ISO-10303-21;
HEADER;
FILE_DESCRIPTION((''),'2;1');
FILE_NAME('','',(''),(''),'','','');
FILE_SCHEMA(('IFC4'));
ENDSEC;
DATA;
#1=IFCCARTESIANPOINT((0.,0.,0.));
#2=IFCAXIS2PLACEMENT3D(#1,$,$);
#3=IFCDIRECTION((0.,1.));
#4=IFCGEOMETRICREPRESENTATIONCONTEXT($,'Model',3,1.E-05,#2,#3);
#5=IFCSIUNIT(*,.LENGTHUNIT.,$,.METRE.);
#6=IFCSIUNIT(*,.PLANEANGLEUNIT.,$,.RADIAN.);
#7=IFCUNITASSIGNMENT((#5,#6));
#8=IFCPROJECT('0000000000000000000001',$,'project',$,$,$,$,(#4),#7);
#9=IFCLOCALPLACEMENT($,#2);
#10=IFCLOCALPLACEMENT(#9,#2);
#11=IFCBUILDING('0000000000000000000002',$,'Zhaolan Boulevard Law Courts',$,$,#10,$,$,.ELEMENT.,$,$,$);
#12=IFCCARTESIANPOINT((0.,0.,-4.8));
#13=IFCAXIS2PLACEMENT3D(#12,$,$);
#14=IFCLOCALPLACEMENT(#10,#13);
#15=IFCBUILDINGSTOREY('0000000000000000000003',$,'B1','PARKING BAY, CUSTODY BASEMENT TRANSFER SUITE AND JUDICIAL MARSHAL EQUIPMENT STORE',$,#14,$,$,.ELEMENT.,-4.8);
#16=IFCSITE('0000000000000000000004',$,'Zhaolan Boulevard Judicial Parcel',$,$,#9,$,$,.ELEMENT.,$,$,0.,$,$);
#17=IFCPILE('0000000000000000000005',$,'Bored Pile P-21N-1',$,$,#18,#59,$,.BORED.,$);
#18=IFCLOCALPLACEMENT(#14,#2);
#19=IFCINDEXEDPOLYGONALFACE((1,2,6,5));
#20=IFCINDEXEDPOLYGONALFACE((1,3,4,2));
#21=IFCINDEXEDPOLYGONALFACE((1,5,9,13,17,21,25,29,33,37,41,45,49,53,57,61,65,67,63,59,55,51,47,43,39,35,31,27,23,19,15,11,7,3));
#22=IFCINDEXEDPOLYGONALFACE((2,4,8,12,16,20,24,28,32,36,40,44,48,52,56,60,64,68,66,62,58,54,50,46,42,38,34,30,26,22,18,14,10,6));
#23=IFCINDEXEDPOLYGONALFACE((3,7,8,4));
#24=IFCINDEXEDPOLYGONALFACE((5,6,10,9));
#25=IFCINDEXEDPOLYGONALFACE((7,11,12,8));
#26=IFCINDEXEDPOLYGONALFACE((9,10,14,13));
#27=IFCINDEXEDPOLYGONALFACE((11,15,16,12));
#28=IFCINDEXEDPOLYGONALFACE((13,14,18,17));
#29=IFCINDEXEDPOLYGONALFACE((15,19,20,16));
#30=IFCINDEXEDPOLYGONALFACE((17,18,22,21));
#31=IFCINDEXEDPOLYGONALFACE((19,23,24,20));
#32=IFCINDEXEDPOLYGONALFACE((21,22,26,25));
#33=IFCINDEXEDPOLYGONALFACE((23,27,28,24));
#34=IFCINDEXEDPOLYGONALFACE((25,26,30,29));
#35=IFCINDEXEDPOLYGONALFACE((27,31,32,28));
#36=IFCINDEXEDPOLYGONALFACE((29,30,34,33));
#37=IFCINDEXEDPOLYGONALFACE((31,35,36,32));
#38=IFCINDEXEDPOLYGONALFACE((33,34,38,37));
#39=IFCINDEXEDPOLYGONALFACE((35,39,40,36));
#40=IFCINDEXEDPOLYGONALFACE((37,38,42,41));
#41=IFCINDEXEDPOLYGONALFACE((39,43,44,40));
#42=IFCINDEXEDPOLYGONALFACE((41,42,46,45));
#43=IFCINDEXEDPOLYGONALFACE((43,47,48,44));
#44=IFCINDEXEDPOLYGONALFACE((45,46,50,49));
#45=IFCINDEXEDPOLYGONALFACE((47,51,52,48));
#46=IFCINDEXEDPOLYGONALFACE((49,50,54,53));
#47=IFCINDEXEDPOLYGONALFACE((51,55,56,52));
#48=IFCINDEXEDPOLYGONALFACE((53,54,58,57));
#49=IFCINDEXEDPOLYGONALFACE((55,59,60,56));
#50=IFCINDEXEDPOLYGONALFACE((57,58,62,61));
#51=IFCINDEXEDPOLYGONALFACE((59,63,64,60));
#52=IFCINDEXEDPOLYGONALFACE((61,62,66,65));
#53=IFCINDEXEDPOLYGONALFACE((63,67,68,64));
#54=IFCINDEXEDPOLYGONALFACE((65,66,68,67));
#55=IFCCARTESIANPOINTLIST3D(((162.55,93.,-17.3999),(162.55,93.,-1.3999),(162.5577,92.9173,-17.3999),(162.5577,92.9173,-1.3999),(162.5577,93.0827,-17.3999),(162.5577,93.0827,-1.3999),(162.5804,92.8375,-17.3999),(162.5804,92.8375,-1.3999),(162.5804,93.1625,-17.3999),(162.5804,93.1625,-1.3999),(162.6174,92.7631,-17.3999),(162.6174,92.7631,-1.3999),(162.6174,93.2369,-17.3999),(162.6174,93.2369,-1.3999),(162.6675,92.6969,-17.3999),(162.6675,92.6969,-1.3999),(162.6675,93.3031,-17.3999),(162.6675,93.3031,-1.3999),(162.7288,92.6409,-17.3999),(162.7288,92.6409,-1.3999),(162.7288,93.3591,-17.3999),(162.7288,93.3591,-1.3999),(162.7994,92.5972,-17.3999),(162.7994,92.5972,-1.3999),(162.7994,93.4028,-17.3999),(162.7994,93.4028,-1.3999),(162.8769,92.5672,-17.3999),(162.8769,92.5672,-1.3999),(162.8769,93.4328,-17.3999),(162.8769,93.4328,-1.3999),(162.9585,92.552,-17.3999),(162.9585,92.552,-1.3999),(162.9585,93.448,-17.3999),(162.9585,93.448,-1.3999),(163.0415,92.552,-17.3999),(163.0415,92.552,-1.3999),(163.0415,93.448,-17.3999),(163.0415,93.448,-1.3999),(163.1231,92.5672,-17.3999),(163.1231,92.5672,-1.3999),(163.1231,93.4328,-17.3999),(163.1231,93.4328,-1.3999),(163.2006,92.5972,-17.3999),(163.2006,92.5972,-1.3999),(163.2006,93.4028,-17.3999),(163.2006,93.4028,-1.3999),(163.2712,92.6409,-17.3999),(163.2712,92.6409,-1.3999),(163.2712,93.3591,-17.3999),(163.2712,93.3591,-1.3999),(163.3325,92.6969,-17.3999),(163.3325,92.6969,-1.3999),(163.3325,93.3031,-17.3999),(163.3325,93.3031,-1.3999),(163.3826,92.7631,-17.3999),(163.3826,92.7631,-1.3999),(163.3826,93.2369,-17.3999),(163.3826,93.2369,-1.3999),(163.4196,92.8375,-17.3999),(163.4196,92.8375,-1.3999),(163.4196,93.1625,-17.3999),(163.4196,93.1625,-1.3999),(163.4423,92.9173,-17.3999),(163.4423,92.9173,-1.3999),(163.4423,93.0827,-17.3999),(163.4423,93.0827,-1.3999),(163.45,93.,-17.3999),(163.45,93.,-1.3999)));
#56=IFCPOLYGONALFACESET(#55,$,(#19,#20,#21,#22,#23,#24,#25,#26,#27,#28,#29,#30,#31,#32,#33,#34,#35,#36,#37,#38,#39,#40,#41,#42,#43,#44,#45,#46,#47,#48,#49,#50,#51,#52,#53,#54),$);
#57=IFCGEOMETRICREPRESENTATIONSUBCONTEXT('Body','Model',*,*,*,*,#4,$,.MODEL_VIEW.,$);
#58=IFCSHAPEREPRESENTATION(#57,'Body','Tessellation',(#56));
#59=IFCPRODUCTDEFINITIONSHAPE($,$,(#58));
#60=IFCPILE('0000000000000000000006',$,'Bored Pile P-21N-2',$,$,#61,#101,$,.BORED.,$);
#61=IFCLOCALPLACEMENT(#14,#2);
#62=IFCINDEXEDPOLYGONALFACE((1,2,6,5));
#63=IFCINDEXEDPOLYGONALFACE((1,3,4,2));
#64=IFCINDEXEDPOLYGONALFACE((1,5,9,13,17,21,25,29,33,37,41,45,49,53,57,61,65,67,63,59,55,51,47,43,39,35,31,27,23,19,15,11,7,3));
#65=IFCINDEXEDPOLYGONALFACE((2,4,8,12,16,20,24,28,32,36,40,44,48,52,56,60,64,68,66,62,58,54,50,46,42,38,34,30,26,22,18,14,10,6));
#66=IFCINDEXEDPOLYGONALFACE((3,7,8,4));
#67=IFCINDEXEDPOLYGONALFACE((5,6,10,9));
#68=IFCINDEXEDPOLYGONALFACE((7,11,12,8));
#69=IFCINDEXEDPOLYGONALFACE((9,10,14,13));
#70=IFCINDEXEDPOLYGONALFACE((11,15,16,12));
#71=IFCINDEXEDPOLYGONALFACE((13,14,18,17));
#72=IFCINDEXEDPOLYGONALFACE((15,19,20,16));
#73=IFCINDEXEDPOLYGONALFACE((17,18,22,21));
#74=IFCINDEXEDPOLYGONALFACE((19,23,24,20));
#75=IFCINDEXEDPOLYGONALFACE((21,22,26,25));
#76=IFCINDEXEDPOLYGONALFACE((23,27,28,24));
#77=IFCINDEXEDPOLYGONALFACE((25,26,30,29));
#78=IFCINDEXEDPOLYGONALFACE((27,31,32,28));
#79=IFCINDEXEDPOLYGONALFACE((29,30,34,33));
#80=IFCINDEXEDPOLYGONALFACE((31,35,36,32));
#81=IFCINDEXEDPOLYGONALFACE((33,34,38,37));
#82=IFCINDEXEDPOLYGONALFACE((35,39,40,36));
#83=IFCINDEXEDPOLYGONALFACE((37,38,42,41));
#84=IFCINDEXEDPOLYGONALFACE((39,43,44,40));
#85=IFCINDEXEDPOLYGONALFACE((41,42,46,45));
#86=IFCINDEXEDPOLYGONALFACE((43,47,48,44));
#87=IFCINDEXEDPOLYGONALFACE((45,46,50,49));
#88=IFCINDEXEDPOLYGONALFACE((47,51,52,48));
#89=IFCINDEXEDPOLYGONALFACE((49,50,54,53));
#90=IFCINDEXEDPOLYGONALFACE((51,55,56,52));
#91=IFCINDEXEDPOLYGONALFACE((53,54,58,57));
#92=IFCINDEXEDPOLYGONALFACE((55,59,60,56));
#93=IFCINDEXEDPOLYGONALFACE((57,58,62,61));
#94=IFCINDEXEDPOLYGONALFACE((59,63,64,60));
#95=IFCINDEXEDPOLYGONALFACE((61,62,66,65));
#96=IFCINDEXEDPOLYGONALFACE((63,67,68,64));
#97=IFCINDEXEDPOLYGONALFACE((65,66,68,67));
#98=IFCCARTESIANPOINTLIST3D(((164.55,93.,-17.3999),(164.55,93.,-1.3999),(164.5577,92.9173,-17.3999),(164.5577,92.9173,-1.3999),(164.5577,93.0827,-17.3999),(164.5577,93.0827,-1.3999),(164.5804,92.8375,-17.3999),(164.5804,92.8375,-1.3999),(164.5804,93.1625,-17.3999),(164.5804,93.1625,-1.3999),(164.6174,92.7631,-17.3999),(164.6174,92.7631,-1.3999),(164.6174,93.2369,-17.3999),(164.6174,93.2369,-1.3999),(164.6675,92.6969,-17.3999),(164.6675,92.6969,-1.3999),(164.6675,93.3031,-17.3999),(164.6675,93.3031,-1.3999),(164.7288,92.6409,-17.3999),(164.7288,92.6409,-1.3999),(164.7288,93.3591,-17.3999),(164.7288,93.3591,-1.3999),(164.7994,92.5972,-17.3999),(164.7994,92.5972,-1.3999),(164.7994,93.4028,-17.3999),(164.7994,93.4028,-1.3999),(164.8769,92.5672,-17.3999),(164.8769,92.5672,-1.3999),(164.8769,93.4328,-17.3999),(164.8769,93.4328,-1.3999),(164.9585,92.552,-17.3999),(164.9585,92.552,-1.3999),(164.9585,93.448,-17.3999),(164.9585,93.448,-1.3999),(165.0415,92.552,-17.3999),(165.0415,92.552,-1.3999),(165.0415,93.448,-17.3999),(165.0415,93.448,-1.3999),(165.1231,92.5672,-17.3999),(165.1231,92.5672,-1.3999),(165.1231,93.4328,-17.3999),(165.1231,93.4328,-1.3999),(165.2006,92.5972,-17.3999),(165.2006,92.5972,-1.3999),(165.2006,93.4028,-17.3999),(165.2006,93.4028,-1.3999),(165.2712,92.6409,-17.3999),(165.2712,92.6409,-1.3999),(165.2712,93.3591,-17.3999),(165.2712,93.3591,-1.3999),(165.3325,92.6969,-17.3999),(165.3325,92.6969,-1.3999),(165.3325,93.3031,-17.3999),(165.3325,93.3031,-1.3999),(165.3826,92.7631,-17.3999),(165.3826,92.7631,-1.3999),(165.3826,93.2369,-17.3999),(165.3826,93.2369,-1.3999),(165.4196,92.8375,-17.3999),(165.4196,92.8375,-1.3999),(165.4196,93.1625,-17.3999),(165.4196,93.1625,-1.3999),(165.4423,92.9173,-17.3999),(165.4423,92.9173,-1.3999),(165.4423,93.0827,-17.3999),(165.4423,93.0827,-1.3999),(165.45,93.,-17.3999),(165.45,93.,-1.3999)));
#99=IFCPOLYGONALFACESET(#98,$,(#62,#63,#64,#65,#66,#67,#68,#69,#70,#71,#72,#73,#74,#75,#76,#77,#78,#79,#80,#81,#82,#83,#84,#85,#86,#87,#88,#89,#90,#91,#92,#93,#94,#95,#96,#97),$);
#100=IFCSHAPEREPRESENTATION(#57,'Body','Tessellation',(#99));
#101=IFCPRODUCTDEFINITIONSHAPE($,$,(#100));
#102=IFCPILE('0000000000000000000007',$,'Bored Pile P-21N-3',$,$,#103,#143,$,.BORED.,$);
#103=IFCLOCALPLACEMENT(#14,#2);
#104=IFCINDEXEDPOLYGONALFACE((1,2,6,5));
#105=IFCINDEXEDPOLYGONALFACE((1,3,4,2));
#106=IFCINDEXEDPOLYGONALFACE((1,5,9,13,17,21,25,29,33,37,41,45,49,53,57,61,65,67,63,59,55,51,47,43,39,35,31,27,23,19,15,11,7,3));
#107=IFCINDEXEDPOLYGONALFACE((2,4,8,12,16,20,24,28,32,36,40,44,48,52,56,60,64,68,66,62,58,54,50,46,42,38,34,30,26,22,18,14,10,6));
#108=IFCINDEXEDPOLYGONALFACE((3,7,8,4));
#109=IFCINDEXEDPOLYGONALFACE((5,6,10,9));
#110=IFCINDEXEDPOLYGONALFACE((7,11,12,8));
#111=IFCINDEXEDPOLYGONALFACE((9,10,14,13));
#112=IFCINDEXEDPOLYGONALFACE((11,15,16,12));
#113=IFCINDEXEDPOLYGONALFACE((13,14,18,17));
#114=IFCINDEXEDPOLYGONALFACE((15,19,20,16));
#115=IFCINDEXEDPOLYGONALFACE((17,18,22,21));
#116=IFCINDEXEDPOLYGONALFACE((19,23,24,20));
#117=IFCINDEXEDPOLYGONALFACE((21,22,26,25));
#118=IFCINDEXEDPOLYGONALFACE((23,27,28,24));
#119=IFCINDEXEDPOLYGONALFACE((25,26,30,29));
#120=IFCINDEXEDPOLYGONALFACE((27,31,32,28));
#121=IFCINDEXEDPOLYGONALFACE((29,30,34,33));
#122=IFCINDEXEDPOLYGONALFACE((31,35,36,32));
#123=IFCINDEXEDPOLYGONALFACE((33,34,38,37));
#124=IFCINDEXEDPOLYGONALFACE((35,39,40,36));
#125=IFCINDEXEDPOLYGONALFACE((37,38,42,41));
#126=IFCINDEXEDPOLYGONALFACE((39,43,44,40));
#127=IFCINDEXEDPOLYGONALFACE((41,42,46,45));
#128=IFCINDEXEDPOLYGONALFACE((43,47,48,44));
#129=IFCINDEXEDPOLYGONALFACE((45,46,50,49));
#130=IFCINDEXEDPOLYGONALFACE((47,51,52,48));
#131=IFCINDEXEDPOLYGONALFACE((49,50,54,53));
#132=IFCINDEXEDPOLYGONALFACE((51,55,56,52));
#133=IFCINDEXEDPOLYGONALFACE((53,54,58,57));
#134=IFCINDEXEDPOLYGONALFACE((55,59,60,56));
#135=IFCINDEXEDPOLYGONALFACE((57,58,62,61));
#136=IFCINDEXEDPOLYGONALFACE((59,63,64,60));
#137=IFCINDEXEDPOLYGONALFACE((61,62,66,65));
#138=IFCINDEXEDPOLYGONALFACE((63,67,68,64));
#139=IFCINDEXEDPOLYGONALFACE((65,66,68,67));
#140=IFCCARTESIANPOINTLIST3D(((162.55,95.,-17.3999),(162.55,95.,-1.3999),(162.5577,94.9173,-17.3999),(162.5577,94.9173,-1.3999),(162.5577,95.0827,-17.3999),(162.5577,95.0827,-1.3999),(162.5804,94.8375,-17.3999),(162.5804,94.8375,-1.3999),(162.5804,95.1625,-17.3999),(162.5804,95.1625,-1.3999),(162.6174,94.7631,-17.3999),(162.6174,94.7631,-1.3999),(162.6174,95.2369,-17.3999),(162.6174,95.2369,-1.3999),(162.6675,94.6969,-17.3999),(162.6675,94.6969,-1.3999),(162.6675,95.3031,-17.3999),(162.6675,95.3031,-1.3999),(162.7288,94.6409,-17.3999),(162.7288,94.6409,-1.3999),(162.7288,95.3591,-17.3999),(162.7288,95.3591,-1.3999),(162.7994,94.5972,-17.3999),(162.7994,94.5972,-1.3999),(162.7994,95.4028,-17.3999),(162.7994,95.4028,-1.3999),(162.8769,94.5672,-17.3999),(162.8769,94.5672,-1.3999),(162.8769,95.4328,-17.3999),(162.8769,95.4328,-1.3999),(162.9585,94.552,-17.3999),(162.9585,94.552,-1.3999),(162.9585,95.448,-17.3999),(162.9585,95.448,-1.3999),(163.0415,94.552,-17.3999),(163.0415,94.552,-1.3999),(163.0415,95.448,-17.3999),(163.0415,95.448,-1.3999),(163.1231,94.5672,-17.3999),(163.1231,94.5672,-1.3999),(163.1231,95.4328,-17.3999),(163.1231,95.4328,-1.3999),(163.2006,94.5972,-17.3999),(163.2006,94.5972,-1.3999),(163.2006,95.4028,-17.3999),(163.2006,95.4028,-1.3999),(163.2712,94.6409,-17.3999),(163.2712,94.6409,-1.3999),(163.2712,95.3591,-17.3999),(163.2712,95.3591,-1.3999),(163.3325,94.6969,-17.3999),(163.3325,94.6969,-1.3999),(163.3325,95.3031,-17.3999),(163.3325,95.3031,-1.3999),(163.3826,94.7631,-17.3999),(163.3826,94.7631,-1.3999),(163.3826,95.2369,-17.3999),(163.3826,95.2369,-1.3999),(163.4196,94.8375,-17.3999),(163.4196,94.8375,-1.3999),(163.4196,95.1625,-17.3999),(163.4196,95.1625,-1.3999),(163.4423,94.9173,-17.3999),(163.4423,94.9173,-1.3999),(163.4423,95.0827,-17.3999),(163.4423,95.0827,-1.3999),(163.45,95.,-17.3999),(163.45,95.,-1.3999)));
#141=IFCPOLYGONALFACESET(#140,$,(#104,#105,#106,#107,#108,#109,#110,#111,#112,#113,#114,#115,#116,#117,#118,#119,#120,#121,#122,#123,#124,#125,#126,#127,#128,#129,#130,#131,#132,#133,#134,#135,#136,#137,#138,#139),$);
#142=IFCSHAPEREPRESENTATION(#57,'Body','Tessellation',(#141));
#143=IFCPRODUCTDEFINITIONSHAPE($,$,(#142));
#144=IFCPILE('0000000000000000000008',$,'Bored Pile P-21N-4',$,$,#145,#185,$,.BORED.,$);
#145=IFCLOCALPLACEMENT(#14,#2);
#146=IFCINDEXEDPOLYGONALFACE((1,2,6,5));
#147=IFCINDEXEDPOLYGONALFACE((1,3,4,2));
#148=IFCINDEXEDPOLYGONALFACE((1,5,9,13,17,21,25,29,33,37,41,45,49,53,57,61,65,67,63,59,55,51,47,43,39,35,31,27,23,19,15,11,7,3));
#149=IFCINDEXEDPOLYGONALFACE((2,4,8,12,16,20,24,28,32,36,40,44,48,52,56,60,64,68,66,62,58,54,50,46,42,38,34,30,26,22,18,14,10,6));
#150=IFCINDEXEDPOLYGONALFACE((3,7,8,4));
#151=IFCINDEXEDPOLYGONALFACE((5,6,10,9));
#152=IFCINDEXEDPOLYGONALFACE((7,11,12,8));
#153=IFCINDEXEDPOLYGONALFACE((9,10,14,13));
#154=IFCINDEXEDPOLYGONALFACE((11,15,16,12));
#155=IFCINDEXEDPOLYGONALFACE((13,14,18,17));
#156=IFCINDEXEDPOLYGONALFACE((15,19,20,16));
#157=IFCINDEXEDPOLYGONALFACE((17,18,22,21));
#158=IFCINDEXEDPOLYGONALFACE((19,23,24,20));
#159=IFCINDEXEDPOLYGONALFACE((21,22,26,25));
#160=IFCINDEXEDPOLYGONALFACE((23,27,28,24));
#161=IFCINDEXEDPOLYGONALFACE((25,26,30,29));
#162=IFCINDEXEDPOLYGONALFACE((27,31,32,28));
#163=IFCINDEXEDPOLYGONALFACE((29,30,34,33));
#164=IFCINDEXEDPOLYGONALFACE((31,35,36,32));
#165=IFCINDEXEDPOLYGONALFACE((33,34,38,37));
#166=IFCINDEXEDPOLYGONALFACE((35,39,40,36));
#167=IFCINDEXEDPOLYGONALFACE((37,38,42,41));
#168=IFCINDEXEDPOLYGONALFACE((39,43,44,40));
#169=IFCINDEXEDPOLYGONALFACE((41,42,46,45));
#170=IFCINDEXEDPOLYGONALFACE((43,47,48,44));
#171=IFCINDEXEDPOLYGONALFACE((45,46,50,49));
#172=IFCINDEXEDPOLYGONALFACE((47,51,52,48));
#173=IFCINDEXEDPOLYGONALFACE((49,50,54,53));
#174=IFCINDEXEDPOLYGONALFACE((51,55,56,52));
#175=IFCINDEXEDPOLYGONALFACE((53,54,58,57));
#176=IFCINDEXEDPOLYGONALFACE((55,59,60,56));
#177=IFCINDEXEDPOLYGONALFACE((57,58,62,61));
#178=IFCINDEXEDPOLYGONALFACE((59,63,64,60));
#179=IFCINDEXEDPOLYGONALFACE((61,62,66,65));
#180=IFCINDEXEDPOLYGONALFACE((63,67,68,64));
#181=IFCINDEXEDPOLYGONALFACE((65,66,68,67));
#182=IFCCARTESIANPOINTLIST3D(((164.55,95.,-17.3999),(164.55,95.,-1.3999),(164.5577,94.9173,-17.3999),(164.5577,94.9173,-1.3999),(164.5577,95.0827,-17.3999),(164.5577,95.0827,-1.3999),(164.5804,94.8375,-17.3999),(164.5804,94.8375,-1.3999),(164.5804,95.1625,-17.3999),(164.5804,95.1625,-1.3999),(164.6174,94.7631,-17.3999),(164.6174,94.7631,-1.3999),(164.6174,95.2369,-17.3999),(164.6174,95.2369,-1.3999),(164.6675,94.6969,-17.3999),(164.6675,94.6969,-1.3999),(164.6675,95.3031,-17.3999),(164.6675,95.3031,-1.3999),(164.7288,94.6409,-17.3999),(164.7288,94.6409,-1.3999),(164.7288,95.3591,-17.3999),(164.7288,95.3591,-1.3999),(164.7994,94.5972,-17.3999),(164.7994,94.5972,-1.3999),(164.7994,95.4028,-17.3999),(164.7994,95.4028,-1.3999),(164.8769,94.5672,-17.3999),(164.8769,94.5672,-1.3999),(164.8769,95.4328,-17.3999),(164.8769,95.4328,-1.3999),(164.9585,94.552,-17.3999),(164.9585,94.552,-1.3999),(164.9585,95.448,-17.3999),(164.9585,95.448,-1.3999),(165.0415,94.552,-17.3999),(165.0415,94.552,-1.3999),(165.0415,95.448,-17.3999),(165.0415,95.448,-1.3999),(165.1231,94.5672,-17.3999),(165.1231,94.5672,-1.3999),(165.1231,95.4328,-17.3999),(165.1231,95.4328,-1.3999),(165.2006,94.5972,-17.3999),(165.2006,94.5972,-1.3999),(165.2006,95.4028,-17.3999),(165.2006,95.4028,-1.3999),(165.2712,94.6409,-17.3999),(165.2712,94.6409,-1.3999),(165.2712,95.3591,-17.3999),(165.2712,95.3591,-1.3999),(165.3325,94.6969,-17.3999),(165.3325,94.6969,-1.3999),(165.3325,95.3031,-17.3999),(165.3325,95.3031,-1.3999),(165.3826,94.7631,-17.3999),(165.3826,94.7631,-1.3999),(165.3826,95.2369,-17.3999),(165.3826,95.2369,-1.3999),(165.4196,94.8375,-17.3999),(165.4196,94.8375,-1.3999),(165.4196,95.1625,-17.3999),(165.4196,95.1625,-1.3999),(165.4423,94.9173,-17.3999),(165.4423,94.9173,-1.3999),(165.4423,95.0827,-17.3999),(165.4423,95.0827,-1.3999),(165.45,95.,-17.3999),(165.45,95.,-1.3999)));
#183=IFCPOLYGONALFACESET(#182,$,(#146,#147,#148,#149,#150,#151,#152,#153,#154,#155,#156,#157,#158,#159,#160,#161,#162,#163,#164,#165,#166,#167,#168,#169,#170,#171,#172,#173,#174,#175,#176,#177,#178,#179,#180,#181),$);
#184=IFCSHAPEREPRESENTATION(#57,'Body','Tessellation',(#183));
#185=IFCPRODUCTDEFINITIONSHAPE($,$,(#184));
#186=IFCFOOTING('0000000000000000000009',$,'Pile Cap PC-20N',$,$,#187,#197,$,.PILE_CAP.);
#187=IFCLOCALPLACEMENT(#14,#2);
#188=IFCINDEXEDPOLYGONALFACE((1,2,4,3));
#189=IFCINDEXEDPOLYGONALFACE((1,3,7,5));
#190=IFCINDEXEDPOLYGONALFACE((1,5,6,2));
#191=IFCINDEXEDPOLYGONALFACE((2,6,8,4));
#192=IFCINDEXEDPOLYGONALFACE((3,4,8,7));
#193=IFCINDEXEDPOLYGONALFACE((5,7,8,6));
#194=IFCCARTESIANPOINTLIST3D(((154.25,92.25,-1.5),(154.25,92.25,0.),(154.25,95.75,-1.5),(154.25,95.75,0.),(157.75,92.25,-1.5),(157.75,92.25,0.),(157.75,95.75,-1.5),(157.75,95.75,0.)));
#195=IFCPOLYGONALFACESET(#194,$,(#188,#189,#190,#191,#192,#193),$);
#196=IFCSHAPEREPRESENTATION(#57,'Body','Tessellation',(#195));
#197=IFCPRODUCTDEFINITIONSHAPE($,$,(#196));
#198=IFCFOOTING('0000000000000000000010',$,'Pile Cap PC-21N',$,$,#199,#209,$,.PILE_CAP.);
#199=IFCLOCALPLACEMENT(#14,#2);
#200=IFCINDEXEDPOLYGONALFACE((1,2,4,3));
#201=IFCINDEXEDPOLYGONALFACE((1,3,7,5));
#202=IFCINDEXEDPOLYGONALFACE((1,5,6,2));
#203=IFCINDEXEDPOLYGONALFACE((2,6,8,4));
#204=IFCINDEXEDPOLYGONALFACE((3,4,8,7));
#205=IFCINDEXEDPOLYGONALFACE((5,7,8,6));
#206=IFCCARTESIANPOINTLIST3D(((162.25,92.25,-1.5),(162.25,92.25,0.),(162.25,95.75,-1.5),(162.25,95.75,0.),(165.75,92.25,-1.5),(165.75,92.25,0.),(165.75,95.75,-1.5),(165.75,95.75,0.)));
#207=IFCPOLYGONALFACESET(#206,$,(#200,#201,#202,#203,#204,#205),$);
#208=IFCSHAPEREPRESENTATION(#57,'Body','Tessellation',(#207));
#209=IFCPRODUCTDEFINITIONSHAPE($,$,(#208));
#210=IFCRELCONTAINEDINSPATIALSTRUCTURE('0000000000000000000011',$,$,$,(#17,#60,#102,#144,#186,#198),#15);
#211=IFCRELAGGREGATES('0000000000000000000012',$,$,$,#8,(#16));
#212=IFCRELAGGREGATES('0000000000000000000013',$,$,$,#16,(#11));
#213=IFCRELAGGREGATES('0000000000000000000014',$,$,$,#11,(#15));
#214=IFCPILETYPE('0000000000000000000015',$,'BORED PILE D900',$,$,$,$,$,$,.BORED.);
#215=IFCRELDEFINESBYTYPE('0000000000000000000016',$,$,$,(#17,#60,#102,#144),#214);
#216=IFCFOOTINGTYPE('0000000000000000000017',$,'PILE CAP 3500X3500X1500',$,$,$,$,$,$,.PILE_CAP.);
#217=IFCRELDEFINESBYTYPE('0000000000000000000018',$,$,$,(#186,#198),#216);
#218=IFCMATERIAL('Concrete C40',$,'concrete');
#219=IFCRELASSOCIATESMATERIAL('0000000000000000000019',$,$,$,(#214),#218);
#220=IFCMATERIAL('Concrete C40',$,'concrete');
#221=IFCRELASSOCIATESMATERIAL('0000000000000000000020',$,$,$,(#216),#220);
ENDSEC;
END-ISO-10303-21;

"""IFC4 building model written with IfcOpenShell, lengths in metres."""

from ifc_helpers import new_model, si_unit, direction, frame, origin, origin_2d, place, context, subcontext, project, spatial, rectangle, circle, extrude, material, material_profile, profile_set, type_object, element, save


model = new_model("IFC4")

# Units and contexts
model_context = context("Model", 3, precision=1e-05, world=origin(), true_north=direction((0.0, 1.0)))
body_context = subcontext(model_context, "Body", "Model", "MODEL_VIEW")
ifc_project = project(units=[si_unit("LENGTHUNIT", "METRE"), si_unit("PLANEANGLEUNIT", "RADIAN")], contexts=[model_context])

# Site, building, storey
site_placement = place(None, origin())
site = spatial("IfcSite", under=ifc_project, at=site_placement, Name="Zhaolan Boulevard Judicial Parcel", CompositionType="ELEMENT", RefElevation=0.0)
building_placement = place(site_placement, origin())
building = spatial("IfcBuilding", under=site, at=building_placement, Name="Zhaolan Boulevard Law Courts", CompositionType="ELEMENT")
storey_placement = place(building_placement, frame((0.0, 0.0, -4.8)))
storey = spatial("IfcBuildingStorey", under=building, at=storey_placement, Name="B1", Description="PARKING BAY, CUSTODY BASEMENT TRANSFER SUITE AND JUDICIAL MARSHAL EQUIPMENT STORE", CompositionType="ELEMENT", Elevation=-4.8)

# Piles
ifc_material_1 = material(Name="Concrete C40", Category="concrete")
ifc_material_profile_1 = material_profile(ifc_material_1, circle(Radius=0.45, at=origin_2d()), Name="PILE-D900")
ifc_profile_set_1 = profile_set([ifc_material_profile_1], Name="Concrete C40")
pile_type = type_object("IfcPileType", Name="BORED PILE D900", PredefinedType="BORED", material=ifc_profile_set_1)
for number, where, z_axis, x_axis, name in (
    (1, (163.0, 93.0, -1.3999), (0.0, 0.0, -1.0), (1.0, 0.0, 0.0), "Bored Pile P-21N-1"),
    (2, (165.0, 93.0, -1.3999), (0.0, 0.0, -1.0), (1.0, 0.0, 0.0), "Bored Pile P-21N-2"),
    (3, (163.0, 95.0, -1.3999), (0.0, 0.0, -1.0), (1.0, 0.0, 0.0), "Bored Pile P-21N-3"),
    (4, (165.0, 95.0, -1.3999), (0.0, 0.0, -1.0), (1.0, 0.0, 0.0), "Bored Pile P-21N-4"),
):
    element("IfcPile", number, at=place(storey_placement, frame(where, z_axis=z_axis, x_axis=x_axis)), inside=storey, type_object=pile_type, Name=name, PredefinedType="BORED", context=body_context, shape_type="SweptSolid", body=[
        extrude(circle(Radius=0.45, at=origin_2d()), origin(), (0.0, 0.0, 1.0), 16.0),
    ])

# Footings
ifc_material_2 = material(Name="Concrete C40", Category="concrete")
footing_type_1 = type_object("IfcFootingType", Name="PILE CAP 3500X3500X1500", PredefinedType="PILE_CAP", material=ifc_material_2)
for number, where, z_axis, x_axis, name in (
    (5, (156.0, 94.0, -1.5), (0.0, 0.0, 1.0), (1.0, 0.0, 0.0), "Pile Cap PC-20N"),
    (6, (164.0, 94.0, -1.5), (0.0, 0.0, 1.0), (1.0, 0.0, 0.0), "Pile Cap PC-21N"),
):
    element("IfcFooting", number, at=place(storey_placement, frame(where, z_axis=z_axis, x_axis=x_axis)), inside=storey, type_object=footing_type_1, Name=name, PredefinedType="PILE_CAP", context=body_context, shape_type="SweptSolid", body=[
        extrude(rectangle(XDim=3.5, YDim=3.5, at=origin_2d()), origin(), (0.0, 0.0, 1.0), 1.5),
    ])

save(model, "model.ifc")
